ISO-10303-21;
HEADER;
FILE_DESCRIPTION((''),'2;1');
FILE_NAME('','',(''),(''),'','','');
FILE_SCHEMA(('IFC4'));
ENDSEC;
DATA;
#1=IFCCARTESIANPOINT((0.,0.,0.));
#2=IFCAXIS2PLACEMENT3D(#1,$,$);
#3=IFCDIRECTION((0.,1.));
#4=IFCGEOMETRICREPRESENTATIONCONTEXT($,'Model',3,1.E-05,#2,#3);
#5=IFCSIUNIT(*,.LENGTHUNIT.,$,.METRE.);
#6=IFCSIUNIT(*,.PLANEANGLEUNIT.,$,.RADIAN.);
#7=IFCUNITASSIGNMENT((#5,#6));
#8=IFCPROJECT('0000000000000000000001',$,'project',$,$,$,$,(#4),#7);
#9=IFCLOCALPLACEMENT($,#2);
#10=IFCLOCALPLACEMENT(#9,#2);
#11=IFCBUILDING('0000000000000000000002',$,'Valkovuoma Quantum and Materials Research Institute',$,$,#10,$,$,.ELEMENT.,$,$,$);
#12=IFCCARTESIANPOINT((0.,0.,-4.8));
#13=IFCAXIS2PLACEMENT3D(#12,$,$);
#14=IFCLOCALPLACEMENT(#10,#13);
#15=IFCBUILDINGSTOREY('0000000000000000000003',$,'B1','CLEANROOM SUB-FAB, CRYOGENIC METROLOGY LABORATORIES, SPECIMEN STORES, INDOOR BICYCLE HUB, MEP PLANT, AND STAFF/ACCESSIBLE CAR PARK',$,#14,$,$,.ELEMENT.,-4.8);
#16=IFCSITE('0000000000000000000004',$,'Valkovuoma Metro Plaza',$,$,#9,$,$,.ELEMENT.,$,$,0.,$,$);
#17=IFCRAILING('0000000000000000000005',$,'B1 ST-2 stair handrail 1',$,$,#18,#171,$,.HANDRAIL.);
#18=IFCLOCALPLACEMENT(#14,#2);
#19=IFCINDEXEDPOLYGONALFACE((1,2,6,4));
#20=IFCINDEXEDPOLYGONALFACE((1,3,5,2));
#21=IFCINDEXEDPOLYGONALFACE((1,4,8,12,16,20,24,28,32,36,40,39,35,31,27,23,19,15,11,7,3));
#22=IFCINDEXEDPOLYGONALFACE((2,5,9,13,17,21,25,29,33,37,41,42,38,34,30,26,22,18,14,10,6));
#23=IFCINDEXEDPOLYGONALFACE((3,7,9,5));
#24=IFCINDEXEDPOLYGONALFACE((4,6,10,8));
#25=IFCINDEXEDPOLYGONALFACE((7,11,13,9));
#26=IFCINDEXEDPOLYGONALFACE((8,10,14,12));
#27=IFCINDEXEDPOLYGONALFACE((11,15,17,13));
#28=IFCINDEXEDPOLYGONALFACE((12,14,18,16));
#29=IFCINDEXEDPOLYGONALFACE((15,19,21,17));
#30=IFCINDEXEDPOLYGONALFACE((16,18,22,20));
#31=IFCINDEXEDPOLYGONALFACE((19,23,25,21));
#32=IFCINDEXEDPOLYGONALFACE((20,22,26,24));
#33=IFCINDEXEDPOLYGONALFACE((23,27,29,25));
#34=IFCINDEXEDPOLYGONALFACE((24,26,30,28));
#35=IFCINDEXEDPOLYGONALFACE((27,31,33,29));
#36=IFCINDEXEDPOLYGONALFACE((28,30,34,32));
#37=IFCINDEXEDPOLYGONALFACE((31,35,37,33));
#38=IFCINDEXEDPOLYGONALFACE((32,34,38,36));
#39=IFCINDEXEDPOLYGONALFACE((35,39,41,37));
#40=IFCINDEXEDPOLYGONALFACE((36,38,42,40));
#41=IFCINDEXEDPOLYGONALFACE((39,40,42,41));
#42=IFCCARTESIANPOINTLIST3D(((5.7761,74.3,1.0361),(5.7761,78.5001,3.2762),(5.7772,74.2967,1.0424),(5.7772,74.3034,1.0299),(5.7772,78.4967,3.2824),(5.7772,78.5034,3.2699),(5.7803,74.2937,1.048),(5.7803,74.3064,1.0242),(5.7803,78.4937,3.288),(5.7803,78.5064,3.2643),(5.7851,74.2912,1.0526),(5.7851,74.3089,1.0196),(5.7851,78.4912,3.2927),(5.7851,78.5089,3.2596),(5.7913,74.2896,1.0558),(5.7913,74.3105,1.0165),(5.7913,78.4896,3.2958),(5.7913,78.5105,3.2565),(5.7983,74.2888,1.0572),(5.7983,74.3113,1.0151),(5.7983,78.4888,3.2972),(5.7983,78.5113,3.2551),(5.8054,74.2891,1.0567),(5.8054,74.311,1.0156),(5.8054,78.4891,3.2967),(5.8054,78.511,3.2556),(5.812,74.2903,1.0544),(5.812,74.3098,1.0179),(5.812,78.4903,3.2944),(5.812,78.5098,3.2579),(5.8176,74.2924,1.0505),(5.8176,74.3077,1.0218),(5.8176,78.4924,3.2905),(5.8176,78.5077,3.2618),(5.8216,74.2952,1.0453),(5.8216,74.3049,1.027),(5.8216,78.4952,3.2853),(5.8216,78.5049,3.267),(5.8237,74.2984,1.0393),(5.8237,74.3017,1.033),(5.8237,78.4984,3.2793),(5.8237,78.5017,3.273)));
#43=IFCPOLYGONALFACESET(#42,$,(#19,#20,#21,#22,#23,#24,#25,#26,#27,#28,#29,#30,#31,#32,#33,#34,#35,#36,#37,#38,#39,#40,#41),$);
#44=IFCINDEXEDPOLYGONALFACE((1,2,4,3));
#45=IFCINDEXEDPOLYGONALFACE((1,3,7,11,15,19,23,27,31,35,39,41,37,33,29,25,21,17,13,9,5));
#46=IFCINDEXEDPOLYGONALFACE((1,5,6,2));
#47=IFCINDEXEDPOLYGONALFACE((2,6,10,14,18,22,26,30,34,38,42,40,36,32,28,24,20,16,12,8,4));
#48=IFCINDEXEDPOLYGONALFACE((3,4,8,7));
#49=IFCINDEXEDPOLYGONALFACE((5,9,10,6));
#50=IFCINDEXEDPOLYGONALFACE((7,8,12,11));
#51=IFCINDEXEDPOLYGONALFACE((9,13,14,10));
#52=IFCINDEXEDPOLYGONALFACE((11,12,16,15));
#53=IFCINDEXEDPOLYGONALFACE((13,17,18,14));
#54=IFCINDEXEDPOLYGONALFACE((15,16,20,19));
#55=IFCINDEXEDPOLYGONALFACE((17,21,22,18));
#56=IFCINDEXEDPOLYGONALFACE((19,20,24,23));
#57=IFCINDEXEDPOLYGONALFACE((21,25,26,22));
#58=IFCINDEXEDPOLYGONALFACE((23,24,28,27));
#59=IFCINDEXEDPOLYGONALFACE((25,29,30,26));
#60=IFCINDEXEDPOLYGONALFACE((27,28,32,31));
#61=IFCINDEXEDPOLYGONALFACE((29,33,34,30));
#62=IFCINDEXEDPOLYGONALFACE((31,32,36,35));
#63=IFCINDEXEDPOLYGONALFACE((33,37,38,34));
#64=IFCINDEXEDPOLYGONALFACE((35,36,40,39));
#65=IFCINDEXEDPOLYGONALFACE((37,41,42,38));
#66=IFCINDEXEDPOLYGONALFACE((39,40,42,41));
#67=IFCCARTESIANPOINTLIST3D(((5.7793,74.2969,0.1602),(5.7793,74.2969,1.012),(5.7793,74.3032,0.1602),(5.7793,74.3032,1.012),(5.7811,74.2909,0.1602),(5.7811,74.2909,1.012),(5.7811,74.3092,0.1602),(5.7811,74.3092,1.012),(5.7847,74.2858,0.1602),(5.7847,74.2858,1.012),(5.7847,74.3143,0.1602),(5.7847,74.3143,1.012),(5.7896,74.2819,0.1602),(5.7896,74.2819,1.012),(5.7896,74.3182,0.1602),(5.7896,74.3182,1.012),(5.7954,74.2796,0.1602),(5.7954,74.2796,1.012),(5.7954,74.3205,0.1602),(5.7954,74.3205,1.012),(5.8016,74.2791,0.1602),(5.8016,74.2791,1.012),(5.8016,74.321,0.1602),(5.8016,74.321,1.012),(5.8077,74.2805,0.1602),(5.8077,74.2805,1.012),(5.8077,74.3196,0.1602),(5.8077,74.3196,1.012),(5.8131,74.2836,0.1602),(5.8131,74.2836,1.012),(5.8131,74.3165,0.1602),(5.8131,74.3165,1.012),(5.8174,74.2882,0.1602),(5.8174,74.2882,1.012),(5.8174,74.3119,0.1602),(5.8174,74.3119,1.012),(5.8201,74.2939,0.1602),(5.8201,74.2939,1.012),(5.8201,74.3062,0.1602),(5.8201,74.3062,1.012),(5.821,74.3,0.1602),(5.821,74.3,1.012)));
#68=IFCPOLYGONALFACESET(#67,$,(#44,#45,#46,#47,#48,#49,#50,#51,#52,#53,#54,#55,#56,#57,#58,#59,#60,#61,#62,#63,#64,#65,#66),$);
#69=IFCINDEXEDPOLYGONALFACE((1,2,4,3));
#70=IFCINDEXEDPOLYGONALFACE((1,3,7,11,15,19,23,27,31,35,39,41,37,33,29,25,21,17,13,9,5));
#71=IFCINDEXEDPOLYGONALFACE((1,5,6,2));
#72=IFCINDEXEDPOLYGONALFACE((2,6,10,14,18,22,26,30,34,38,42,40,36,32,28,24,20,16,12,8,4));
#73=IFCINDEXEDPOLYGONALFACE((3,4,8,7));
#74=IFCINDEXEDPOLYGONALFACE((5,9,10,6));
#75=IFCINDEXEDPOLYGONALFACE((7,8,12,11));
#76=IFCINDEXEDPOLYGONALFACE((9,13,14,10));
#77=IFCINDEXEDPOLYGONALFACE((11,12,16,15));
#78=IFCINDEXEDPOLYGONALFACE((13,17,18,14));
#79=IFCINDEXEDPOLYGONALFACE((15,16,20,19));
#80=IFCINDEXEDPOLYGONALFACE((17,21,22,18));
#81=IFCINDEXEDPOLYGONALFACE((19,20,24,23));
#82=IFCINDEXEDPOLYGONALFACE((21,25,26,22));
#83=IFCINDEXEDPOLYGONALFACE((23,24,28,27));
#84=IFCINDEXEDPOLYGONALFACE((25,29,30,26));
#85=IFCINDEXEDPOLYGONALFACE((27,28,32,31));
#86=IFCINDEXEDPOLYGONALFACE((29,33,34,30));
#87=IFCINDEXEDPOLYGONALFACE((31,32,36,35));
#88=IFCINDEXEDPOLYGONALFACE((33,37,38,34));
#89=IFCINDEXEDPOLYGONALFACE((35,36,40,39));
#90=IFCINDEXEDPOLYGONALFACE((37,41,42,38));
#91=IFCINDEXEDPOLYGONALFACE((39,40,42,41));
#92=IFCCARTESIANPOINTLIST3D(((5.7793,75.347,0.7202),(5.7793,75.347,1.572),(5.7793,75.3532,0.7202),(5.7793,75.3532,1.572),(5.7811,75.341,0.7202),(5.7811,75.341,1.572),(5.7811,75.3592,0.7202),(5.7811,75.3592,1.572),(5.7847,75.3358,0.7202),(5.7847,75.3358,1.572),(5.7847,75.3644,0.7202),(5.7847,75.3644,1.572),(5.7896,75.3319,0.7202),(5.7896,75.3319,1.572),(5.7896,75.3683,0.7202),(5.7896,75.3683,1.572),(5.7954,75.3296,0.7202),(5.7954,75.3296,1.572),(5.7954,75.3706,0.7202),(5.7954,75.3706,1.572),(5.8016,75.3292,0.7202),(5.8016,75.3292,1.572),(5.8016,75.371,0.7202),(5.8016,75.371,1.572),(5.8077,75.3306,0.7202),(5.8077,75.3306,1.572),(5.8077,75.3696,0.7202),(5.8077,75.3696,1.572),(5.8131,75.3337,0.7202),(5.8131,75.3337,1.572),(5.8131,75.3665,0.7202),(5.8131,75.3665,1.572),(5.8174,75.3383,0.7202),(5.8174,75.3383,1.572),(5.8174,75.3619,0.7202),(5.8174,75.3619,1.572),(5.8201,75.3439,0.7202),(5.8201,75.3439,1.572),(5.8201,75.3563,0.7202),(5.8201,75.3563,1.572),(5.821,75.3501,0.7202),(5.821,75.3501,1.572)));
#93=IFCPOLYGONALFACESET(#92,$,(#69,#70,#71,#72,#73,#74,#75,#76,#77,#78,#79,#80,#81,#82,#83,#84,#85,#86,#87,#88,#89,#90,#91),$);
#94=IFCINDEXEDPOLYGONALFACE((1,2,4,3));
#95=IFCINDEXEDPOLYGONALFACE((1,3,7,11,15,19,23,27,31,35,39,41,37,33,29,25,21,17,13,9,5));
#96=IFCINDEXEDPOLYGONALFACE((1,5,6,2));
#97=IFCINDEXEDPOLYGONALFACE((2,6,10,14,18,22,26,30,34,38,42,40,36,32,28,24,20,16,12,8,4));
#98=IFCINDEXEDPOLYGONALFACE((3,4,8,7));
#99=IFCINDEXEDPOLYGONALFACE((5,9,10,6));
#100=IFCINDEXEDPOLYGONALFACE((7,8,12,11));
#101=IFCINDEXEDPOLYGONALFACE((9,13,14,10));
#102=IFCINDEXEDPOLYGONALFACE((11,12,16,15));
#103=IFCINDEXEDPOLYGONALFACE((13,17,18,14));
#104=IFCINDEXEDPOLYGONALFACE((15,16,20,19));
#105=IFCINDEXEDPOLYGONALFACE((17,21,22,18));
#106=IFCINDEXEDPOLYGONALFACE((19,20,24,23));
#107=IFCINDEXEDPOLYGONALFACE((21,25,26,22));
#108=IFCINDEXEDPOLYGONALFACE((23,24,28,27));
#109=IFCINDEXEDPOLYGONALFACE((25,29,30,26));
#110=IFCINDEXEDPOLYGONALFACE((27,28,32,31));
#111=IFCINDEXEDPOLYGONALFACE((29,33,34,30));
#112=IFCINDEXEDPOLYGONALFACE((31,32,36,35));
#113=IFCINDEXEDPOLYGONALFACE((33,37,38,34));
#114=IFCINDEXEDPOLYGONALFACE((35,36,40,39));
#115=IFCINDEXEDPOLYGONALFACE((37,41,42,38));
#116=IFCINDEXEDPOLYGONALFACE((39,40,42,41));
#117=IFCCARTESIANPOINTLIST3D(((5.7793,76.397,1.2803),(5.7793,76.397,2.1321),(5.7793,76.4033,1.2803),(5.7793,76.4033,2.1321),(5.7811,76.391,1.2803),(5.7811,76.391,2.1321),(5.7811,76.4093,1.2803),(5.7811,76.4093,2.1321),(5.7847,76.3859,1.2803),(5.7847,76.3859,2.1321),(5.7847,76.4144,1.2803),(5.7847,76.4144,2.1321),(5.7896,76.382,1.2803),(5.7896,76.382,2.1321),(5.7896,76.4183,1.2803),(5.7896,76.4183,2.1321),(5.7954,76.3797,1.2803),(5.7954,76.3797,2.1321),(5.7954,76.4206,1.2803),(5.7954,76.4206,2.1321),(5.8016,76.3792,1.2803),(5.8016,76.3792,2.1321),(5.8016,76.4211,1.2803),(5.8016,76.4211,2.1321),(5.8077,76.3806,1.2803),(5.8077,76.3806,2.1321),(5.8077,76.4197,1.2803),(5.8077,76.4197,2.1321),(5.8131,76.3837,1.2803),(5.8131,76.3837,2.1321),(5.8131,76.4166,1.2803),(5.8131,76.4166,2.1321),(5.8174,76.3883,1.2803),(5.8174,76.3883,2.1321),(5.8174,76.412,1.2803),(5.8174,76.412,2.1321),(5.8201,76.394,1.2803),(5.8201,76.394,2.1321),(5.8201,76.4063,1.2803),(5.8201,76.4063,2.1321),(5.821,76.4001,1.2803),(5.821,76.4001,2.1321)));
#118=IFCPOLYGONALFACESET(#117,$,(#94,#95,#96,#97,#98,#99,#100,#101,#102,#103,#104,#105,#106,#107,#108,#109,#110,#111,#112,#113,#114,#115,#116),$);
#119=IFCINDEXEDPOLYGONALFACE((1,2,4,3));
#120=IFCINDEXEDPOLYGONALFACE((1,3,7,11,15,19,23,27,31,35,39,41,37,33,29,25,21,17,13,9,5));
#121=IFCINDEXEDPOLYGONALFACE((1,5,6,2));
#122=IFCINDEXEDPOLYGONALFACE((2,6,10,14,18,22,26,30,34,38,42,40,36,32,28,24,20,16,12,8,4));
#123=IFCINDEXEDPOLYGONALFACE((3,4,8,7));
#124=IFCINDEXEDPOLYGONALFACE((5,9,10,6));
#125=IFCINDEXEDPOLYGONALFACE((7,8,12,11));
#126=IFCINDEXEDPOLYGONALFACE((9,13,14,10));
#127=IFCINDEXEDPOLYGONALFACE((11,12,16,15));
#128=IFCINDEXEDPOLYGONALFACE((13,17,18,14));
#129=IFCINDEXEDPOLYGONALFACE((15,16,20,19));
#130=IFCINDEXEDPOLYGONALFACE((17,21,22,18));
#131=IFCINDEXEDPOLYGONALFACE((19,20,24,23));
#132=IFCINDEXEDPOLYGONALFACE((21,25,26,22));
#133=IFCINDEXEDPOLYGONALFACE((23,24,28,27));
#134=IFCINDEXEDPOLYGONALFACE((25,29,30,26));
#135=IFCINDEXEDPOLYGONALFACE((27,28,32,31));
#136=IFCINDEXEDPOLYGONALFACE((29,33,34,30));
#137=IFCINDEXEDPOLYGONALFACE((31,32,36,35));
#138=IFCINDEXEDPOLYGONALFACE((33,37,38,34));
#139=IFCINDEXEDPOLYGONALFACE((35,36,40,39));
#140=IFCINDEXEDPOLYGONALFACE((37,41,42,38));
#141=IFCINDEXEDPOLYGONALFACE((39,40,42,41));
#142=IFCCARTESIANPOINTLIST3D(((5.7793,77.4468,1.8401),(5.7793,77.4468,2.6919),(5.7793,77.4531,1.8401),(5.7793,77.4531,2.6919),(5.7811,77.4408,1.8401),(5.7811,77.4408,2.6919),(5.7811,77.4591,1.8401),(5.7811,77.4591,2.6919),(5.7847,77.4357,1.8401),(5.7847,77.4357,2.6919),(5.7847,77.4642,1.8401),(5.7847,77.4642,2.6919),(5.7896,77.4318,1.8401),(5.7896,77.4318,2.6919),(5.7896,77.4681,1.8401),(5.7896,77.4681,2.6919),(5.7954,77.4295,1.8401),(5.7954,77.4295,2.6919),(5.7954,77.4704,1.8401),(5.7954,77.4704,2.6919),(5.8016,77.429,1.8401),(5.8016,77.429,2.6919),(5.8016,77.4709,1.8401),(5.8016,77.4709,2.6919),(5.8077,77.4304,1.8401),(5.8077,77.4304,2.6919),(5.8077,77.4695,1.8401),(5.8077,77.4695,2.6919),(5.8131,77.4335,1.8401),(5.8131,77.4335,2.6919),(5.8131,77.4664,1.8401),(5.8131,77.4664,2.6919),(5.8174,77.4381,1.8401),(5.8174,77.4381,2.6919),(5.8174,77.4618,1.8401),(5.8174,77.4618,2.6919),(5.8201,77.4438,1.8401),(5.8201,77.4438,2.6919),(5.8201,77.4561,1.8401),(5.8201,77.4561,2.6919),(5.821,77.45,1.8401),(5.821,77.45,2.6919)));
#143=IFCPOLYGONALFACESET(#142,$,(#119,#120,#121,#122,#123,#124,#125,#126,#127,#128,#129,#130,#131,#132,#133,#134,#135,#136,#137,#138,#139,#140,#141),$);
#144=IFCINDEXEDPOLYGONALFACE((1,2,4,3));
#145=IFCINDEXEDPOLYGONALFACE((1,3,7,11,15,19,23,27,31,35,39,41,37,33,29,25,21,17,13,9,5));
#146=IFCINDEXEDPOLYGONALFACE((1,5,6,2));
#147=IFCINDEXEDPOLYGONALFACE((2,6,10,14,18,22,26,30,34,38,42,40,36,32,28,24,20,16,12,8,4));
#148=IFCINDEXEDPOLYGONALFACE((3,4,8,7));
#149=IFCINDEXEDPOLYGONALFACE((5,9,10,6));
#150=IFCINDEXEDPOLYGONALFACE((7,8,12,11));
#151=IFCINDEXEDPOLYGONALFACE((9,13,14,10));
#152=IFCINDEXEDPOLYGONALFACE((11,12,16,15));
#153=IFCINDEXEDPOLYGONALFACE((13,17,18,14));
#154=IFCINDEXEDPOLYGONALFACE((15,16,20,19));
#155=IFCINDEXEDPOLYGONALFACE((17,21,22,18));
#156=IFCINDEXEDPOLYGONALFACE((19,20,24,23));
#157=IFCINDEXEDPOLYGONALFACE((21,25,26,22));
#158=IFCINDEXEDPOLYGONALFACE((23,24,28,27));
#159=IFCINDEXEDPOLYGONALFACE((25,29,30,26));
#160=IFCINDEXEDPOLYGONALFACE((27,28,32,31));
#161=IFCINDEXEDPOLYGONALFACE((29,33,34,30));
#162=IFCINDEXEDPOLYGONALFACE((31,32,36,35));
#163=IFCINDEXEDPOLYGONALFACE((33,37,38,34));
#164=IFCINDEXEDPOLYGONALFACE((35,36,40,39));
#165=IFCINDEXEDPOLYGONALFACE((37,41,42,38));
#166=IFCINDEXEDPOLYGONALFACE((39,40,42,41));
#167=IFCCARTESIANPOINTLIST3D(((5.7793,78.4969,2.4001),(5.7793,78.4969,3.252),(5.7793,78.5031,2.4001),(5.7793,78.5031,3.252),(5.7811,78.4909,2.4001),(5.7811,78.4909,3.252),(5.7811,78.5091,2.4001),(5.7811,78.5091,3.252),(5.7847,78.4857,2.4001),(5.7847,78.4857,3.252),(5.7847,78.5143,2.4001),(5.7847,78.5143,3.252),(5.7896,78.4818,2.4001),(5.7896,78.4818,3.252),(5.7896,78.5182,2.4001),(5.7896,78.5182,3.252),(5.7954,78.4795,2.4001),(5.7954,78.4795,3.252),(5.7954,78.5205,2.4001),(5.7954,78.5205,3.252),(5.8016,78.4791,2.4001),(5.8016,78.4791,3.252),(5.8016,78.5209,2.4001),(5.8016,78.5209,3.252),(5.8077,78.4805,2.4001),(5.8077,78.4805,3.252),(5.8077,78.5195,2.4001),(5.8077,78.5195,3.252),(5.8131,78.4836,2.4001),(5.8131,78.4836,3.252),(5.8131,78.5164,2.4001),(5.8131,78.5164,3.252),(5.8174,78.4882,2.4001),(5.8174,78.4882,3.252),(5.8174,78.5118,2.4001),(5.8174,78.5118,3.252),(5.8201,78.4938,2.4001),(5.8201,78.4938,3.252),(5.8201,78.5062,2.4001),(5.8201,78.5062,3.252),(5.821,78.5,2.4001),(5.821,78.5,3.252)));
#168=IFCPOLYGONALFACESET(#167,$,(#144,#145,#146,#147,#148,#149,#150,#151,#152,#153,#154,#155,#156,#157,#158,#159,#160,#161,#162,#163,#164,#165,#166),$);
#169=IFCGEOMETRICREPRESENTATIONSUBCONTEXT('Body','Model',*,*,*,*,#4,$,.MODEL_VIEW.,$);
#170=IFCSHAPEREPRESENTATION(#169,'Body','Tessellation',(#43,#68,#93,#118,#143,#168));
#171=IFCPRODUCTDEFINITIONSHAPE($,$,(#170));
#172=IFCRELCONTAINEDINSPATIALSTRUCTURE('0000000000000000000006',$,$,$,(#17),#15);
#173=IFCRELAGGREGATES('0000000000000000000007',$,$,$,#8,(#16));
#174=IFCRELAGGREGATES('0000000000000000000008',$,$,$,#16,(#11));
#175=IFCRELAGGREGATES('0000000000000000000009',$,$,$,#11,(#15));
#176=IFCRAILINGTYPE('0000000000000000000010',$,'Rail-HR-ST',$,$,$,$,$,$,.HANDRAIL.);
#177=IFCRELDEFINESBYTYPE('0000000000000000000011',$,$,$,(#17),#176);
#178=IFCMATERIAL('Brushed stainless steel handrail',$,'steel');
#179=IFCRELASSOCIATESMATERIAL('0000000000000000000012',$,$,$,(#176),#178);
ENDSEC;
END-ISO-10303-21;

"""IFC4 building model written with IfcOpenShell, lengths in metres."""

from ifc_helpers import new_model, si_unit, direction, frame, origin, origin_2d, place, context, subcontext, project, spatial, circle, extrude, material, type_object, element, save


model = new_model("IFC4")

# Units and contexts
model_context = context("Model", 3, precision=1e-05, world=origin(), true_north=direction((0.0, 1.0)))
body_context = subcontext(model_context, "Body", "Model", "MODEL_VIEW")
ifc_project = project(units=[si_unit("LENGTHUNIT", "METRE"), si_unit("PLANEANGLEUNIT", "RADIAN")], contexts=[model_context])

# Site, building, storey
site_placement = place(None, origin())
site = spatial("IfcSite", under=ifc_project, at=site_placement, Name="Valkovuoma Metro Plaza", CompositionType="ELEMENT", RefElevation=0.0)
building_placement = place(site_placement, origin())
building = spatial("IfcBuilding", under=site, at=building_placement, Name="Valkovuoma Quantum and Materials Research Institute", CompositionType="ELEMENT")
storey_placement = place(building_placement, frame((0.0, 0.0, -4.8)))
storey = spatial("IfcBuildingStorey", under=building, at=storey_placement, Name="B1", Description="CLEANROOM SUB-FAB, CRYOGENIC METROLOGY LABORATORIES, SPECIMEN STORES, INDOOR BICYCLE HUB, MEP PLANT, AND STAFF/ACCESSIBLE CAR PARK", CompositionType="ELEMENT", Elevation=-4.8)

# Railing
ifc_material_1 = material(Name="Brushed stainless steel handrail", Category="steel")
railing_type_1 = type_object("IfcRailingType", Name="Rail-HR-ST", PredefinedType="HANDRAIL", material=ifc_material_1)
railing_1_placement = place(storey_placement, frame((5.8, 74.3, 0.1602)))
element("IfcRailing", 1, at=railing_1_placement, inside=storey, type_object=railing_type_1, Name="B1 ST-2 stair handrail 1", PredefinedType="HANDRAIL", context=body_context, shape_type="SweptSolid", body=[
    extrude(circle(Radius=0.0239, at=origin_2d()), frame((0.0, 0.0, 0.876), z_axis=(0.0, 0.882352, 0.470591), x_axis=(-1.0, 0.0, 0.0)), (0.0, 0.0, 1.0), 4.76),
    extrude(circle(Radius=0.021, at=origin_2d()), origin(), (0.0, 0.0, 1.0), 0.8518),
    extrude(circle(Radius=0.021, at=origin_2d()), frame((0.0, 1.05, 0.5601)), (0.0, 0.0, 1.0), 0.8518),
    extrude(circle(Radius=0.021, at=origin_2d()), frame((0.0, 2.1001, 1.1201)), (0.0, 0.0, 1.0), 0.8518),
    extrude(circle(Radius=0.021, at=origin_2d()), frame((0.0, 3.1499, 1.6799)), (0.0, 0.0, 1.0), 0.8518),
    extrude(circle(Radius=0.021, at=origin_2d()), frame((0.0, 4.2, 2.24)), (0.0, 0.0, 1.0), 0.8518),
])

save(model, "model.ifc")
